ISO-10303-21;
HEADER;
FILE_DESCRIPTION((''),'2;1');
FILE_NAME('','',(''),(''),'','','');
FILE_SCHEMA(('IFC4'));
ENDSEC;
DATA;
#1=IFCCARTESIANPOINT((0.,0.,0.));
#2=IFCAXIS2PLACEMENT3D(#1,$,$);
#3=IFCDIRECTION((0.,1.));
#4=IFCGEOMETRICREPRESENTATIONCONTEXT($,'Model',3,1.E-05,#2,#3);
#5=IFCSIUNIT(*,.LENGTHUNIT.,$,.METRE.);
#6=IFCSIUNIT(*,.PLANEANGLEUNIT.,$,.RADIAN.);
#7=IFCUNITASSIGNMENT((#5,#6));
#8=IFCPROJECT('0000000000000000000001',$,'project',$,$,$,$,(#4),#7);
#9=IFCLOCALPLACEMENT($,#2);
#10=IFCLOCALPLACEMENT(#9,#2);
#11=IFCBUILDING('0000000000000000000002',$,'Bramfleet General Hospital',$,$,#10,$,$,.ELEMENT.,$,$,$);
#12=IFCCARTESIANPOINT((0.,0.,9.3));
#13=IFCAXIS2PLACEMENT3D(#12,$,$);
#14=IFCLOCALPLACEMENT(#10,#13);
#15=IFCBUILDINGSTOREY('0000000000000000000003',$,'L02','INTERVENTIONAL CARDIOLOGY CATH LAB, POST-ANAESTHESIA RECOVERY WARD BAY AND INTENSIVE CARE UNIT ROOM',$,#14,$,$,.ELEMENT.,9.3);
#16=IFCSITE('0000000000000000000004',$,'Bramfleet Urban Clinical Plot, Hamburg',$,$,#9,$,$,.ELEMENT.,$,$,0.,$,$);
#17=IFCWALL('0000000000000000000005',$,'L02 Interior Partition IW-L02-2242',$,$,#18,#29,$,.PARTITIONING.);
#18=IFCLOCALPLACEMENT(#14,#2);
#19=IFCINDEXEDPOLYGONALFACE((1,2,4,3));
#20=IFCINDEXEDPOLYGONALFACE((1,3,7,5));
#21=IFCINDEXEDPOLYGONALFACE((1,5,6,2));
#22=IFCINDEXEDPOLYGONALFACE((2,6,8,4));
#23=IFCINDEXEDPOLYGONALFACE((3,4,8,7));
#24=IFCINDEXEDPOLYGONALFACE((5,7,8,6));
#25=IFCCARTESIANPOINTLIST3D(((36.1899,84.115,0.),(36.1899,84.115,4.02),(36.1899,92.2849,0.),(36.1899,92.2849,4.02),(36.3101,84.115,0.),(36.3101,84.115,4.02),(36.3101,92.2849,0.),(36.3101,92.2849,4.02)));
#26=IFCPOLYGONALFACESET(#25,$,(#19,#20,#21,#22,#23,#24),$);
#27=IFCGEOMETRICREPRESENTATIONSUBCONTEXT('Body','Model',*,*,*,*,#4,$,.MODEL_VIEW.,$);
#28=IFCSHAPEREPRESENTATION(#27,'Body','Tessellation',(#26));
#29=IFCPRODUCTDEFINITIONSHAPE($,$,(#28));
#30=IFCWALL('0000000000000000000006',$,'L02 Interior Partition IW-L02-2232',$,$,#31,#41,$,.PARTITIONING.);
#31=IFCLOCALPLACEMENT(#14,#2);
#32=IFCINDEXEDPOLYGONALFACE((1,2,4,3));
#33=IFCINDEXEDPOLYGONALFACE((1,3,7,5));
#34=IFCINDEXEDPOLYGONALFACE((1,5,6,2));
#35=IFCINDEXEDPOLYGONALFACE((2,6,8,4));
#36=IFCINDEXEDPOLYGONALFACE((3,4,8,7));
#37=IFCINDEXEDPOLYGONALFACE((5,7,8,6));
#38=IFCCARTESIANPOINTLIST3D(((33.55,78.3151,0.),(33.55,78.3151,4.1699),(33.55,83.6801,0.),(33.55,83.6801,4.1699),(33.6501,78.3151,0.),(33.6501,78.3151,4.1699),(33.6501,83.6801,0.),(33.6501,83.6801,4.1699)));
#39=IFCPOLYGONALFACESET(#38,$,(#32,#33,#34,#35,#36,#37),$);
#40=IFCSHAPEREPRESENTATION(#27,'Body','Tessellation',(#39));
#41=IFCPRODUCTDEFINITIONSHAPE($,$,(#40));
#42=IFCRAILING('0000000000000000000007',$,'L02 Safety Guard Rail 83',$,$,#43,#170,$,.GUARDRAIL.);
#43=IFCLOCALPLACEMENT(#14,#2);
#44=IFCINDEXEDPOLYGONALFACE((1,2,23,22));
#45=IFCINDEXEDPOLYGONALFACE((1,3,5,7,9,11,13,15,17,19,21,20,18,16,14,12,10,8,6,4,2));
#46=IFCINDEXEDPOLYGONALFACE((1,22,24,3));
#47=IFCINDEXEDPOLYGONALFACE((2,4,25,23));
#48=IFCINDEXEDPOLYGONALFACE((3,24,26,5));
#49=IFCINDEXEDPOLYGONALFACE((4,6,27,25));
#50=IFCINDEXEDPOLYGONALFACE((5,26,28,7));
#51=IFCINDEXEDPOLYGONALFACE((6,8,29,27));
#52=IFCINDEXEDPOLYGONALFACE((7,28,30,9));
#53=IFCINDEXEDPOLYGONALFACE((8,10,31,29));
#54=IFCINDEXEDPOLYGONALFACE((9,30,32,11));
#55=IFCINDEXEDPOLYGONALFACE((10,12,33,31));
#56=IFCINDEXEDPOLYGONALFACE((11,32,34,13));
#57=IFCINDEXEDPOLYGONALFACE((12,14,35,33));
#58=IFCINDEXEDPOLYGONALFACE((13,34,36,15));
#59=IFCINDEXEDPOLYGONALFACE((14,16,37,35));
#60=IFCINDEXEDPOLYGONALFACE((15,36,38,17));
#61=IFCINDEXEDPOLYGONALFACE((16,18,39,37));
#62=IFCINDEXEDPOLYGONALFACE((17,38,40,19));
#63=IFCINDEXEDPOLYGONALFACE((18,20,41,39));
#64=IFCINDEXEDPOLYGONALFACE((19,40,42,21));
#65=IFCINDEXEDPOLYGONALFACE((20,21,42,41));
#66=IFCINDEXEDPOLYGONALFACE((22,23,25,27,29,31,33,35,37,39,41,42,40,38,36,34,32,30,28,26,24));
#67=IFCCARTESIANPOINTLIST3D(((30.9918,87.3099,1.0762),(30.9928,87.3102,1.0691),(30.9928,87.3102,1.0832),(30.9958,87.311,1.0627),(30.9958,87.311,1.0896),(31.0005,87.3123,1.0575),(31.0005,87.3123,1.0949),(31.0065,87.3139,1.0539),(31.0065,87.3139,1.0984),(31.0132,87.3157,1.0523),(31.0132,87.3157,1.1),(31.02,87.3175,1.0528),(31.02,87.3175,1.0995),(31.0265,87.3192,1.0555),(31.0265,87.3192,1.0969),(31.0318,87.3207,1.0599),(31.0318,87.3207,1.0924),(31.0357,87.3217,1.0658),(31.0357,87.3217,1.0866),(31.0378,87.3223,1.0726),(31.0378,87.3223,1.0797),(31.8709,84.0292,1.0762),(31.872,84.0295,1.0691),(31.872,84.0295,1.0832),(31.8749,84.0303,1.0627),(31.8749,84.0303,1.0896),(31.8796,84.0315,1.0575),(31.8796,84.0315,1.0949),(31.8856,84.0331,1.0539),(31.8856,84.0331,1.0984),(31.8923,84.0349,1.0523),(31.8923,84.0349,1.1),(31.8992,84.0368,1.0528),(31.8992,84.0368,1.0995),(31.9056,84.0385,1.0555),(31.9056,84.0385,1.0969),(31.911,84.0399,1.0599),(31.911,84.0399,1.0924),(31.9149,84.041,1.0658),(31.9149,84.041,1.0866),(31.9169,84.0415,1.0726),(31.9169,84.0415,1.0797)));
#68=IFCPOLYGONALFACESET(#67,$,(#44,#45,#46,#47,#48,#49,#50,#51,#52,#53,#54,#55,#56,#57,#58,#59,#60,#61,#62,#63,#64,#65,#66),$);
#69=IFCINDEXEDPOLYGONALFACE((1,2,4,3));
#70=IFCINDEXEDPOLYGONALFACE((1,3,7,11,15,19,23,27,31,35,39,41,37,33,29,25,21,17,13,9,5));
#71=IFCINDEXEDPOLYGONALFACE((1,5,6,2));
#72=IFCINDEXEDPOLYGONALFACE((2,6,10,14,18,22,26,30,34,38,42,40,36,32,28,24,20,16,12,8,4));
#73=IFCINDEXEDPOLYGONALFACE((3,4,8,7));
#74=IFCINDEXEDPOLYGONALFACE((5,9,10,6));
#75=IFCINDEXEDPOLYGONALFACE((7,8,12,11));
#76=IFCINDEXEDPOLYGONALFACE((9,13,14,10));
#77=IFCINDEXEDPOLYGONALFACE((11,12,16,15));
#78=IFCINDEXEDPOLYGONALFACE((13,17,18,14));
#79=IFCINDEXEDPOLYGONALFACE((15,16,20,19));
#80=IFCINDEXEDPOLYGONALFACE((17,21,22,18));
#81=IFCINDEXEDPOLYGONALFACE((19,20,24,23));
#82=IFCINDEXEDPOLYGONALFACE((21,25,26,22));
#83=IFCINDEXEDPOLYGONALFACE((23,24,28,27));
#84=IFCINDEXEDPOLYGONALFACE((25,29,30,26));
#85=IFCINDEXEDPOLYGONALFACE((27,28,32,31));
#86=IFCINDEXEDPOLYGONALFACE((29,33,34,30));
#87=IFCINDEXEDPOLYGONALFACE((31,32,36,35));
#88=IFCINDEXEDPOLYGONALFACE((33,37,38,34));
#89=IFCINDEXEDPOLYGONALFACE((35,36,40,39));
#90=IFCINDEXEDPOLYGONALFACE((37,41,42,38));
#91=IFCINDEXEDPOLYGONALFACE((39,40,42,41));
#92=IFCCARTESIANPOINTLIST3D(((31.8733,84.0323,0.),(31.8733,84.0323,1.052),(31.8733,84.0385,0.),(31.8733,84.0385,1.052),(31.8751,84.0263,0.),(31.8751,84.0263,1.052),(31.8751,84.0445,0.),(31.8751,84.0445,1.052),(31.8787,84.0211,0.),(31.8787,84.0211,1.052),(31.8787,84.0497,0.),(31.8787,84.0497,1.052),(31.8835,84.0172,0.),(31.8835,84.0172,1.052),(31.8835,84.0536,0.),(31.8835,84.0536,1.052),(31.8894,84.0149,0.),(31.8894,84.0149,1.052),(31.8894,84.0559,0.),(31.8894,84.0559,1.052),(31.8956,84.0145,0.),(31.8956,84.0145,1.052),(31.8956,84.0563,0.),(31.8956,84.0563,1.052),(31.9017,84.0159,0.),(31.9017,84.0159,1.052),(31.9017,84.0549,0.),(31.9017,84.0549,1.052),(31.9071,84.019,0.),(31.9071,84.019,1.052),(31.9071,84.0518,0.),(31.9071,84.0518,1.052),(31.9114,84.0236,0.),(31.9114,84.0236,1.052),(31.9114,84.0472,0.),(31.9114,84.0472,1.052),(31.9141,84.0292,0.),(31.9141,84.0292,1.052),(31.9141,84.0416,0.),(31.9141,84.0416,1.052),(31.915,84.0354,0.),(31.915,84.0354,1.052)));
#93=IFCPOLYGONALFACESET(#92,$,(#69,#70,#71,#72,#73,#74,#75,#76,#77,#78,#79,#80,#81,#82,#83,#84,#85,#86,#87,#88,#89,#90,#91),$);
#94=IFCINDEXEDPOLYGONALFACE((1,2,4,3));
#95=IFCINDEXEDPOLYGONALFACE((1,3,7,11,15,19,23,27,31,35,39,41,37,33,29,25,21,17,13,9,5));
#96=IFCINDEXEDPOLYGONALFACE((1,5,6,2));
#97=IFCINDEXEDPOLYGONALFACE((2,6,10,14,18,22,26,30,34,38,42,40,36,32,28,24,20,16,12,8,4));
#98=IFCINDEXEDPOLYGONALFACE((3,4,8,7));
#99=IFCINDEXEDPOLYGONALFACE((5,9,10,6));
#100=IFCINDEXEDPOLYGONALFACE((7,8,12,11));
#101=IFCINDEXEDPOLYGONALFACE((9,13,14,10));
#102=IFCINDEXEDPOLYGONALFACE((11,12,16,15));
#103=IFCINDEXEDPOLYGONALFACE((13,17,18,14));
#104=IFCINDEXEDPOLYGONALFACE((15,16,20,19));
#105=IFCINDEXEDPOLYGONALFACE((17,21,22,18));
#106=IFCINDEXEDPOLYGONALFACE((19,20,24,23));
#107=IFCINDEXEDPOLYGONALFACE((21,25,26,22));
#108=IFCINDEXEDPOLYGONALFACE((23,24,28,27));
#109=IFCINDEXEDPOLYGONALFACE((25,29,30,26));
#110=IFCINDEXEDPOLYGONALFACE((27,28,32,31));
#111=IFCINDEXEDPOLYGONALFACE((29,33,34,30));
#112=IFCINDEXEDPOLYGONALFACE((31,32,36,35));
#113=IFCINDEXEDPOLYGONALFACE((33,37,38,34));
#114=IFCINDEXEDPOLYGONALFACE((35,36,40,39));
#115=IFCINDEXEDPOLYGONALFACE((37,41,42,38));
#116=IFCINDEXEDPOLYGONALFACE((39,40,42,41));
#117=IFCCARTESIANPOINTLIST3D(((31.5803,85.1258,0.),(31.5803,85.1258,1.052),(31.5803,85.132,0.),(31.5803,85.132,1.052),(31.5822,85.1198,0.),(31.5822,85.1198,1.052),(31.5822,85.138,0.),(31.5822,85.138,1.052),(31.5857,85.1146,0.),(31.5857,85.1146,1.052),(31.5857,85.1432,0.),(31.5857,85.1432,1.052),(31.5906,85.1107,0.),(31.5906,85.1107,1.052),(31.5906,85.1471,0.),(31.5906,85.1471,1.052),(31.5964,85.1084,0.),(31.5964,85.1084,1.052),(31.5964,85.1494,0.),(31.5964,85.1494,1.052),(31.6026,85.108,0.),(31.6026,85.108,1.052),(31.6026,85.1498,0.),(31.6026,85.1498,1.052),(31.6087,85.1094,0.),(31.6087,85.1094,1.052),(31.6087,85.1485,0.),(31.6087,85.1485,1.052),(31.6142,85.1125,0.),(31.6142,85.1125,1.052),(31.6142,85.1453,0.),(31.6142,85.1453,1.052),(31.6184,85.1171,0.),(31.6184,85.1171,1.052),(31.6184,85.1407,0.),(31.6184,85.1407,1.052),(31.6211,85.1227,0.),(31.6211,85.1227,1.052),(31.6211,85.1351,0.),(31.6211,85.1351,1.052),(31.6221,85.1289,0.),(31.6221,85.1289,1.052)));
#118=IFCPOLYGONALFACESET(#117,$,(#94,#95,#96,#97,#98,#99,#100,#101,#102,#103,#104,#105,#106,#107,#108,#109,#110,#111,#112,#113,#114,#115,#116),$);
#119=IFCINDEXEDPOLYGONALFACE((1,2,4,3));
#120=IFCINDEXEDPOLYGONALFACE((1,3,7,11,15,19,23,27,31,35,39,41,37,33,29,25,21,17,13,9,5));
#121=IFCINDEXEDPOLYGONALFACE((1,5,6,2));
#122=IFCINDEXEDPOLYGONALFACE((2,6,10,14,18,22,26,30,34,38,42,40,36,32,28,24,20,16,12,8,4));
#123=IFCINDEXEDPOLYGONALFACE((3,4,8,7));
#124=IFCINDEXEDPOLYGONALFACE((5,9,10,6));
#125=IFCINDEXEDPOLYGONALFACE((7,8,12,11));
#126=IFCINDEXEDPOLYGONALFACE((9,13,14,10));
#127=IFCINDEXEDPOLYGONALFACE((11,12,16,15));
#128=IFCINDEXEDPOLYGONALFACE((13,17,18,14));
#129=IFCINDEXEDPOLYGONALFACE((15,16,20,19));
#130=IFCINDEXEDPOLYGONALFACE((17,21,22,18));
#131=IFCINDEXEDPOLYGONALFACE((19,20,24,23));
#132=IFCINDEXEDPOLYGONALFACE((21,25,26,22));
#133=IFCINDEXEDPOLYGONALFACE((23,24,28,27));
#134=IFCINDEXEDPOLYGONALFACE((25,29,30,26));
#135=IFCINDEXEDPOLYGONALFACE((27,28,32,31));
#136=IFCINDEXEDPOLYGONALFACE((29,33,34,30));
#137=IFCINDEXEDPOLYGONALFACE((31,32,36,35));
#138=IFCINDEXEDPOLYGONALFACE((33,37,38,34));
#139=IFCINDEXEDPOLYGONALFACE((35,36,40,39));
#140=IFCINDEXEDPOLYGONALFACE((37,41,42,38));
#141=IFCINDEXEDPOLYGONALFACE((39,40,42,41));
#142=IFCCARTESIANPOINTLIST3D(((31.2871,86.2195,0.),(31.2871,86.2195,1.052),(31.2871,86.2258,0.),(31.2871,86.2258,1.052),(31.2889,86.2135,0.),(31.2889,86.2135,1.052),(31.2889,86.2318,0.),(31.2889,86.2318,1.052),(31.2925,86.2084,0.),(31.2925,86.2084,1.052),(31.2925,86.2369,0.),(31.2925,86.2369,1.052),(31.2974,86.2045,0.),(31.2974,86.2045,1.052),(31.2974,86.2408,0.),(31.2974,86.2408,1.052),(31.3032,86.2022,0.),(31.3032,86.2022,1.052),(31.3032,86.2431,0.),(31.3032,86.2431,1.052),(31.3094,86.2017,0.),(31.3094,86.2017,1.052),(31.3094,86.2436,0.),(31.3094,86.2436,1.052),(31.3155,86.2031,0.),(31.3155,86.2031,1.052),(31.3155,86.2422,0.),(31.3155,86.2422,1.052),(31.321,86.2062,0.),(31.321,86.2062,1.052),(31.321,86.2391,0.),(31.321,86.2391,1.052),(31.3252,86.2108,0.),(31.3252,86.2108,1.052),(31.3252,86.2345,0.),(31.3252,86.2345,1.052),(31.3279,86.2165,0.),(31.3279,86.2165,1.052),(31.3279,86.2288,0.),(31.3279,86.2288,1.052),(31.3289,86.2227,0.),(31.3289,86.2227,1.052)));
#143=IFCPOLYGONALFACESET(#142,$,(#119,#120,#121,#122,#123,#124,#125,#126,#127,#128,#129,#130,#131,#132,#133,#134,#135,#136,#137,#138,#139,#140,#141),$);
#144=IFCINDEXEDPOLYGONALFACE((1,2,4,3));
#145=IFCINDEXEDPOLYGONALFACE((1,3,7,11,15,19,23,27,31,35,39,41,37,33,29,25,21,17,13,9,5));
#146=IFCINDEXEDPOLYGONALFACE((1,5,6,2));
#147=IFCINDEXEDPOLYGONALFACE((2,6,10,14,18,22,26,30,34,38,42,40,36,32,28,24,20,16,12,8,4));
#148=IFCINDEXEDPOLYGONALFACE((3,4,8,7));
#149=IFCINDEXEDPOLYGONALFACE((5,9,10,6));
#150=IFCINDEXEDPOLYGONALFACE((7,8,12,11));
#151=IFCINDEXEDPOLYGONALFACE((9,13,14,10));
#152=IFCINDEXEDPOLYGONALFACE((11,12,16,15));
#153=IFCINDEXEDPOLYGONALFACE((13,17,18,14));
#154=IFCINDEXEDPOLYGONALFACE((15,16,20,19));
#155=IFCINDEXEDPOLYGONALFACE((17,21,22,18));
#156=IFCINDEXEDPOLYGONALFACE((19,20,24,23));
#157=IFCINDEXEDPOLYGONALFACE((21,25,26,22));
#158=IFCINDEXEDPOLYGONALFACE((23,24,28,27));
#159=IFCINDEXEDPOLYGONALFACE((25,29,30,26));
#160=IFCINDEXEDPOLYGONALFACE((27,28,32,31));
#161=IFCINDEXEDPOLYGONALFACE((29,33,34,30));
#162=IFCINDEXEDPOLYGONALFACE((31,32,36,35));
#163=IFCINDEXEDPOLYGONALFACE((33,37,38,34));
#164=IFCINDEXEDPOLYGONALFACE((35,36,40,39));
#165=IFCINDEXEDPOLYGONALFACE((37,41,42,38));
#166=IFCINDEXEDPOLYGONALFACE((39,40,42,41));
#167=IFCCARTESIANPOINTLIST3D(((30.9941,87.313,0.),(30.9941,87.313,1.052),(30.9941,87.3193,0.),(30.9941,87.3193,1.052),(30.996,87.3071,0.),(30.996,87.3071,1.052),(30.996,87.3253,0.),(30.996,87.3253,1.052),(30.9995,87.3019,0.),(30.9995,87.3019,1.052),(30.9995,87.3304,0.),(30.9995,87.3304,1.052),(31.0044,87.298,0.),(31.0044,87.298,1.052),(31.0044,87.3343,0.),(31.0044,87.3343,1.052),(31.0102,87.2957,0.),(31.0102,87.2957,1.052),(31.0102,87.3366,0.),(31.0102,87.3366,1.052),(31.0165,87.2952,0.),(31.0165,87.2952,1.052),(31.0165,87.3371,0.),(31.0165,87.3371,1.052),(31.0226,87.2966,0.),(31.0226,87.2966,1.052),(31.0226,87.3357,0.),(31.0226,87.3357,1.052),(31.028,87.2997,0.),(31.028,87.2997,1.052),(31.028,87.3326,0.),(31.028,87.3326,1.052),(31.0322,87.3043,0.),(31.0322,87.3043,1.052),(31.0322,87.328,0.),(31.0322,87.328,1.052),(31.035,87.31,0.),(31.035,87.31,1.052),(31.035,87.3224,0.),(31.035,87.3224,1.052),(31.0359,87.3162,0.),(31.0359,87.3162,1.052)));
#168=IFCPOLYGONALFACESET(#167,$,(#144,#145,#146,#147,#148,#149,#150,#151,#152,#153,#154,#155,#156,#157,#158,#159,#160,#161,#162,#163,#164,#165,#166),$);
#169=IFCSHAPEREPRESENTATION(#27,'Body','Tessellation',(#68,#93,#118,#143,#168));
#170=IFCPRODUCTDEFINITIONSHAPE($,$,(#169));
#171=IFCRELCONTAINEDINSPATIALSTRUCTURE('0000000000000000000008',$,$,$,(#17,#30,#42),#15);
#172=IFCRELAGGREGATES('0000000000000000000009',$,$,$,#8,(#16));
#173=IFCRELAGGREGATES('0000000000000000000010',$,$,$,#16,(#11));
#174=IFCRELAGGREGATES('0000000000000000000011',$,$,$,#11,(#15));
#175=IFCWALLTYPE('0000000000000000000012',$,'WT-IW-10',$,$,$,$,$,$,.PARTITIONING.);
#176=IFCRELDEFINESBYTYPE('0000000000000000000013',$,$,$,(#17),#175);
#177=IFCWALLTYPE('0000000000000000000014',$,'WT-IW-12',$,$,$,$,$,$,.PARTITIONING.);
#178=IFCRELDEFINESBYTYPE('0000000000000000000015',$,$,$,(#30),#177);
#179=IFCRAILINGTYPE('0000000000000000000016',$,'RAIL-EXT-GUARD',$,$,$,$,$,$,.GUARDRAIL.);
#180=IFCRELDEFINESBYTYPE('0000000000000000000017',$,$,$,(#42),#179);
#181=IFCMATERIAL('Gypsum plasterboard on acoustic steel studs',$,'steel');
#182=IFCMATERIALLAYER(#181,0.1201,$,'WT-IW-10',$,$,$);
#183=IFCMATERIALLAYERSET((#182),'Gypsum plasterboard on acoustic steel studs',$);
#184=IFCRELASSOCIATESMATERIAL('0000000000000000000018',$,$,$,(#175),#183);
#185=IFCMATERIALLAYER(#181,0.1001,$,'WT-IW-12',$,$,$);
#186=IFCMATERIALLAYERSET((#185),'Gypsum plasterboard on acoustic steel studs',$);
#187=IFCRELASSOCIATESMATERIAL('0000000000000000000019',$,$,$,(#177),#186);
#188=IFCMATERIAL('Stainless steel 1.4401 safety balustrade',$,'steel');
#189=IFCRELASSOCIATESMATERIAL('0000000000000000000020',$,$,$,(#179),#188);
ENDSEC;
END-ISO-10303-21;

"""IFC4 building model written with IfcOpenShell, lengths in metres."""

from ifc_helpers import new_model, si_unit, direction, frame, frame_2d, origin, origin_2d, place, context, subcontext, project, spatial, rectangle, circle, extrude, material, layer, layer_set, type_object, element, save


model = new_model("IFC4")

# Units and contexts
model_context = context("Model", 3, precision=1e-05, world=origin(), true_north=direction((0.0, 1.0)))
body_context = subcontext(model_context, "Body", "Model", "MODEL_VIEW")
ifc_project = project(units=[si_unit("LENGTHUNIT", "METRE"), si_unit("PLANEANGLEUNIT", "RADIAN")], contexts=[model_context])

# Site, building, storey
site_placement = place(None, origin())
site = spatial("IfcSite", under=ifc_project, at=site_placement, Name="Bramfleet Urban Clinical Plot, Hamburg", CompositionType="ELEMENT", RefElevation=0.0)
building_placement = place(site_placement, origin())
building = spatial("IfcBuilding", under=site, at=building_placement, Name="Bramfleet General Hospital", CompositionType="ELEMENT")
storey_placement = place(building_placement, frame((0.0, 0.0, 9.3)))
storey = spatial("IfcBuildingStorey", under=building, at=storey_placement, Name="L02", Description="INTERVENTIONAL CARDIOLOGY CATH LAB, POST-ANAESTHESIA RECOVERY WARD BAY AND INTENSIVE CARE UNIT ROOM", CompositionType="ELEMENT", Elevation=9.3)

# Shared definitions
ifc_material_1 = material(Name="Gypsum plasterboard on acoustic steel studs", Category="steel")

# Walls
ifc_layer_1 = layer(ifc_material_1, 0.1201, Name="WT-IW-10")
ifc_layer_set_1 = layer_set([ifc_layer_1], Name="Gypsum plasterboard on acoustic steel studs")
wall_type_1 = type_object("IfcWallType", Name="WT-IW-10", PredefinedType="PARTITIONING", material=ifc_layer_set_1)
wall_1_placement = place(storey_placement, frame((36.25, 84.115, 0.0), z_axis=(0.0, 0.0, 1.0), x_axis=(0.0, 1.0, 0.0)))
element("IfcWall", 1, at=wall_1_placement, inside=storey, type_object=wall_type_1, Name="L02 Interior Partition IW-L02-2242", PredefinedType="PARTITIONING", context=body_context, shape_type="SweptSolid", body=[
    extrude(rectangle(XDim=8.1699, YDim=0.1201, at=frame_2d((4.085, 0.0))), origin(), (0.0, 0.0, 1.0), 4.02),
])
ifc_layer_2 = layer(ifc_material_1, 0.1001, Name="WT-IW-12")
ifc_layer_set_2 = layer_set([ifc_layer_2], Name="Gypsum plasterboard on acoustic steel studs")
wall_type_2 = type_object("IfcWallType", Name="WT-IW-12", PredefinedType="PARTITIONING", material=ifc_layer_set_2)
wall_2_placement = place(storey_placement, frame((33.6001, 78.3149, 0.0), z_axis=(0.0, 0.0, 1.0), x_axis=(0.0, 1.0, 0.0)))
element("IfcWall", 2, at=wall_2_placement, inside=storey, type_object=wall_type_2, Name="L02 Interior Partition IW-L02-2232", PredefinedType="PARTITIONING", context=body_context, shape_type="SweptSolid", body=[
    extrude(rectangle(XDim=5.365, YDim=0.1001, at=frame_2d((2.6826, 0.0))), origin(), (0.0, 0.0, 1.0), 4.1699),
])

# Railing
ifc_material_2 = material(Name="Stainless steel 1.4401 safety balustrade", Category="steel")
railing_type = type_object("IfcRailingType", Name="RAIL-EXT-GUARD", PredefinedType="GUARDRAIL", material=ifc_material_2)
railing_placement = place(storey_placement, frame((31.894, 84.0354, 0.0)))
element("IfcRailing", 3, at=railing_placement, inside=storey, type_object=railing_type, Name="L02 Safety Guard Rail 83", PredefinedType="GUARDRAIL", context=body_context, shape_type="SweptSolid", body=[
    extrude(circle(Radius=0.0239, at=origin_2d()), frame((0.0, 0.0, 1.0762), z_axis=(-0.258839, 0.96592, 0.0), x_axis=(-0.96592, -0.258839, 0.0)), (0.0, 0.0, 1.0), 3.3965),
    extrude(circle(Radius=0.021, at=origin_2d()), origin(), (0.0, 0.0, 1.0), 1.052),
    extrude(circle(Radius=0.021, at=origin_2d()), frame((-0.293, 1.0935, 0.0)), (0.0, 0.0, 1.0), 1.052),
    extrude(circle(Radius=0.021, at=origin_2d()), frame((-0.5862, 2.1873, 0.0)), (0.0, 0.0, 1.0), 1.052),
    extrude(circle(Radius=0.021, at=origin_2d()), frame((-0.8792, 3.2808, 0.0)), (0.0, 0.0, 1.0), 1.052),
])

save(model, "model.ifc")
